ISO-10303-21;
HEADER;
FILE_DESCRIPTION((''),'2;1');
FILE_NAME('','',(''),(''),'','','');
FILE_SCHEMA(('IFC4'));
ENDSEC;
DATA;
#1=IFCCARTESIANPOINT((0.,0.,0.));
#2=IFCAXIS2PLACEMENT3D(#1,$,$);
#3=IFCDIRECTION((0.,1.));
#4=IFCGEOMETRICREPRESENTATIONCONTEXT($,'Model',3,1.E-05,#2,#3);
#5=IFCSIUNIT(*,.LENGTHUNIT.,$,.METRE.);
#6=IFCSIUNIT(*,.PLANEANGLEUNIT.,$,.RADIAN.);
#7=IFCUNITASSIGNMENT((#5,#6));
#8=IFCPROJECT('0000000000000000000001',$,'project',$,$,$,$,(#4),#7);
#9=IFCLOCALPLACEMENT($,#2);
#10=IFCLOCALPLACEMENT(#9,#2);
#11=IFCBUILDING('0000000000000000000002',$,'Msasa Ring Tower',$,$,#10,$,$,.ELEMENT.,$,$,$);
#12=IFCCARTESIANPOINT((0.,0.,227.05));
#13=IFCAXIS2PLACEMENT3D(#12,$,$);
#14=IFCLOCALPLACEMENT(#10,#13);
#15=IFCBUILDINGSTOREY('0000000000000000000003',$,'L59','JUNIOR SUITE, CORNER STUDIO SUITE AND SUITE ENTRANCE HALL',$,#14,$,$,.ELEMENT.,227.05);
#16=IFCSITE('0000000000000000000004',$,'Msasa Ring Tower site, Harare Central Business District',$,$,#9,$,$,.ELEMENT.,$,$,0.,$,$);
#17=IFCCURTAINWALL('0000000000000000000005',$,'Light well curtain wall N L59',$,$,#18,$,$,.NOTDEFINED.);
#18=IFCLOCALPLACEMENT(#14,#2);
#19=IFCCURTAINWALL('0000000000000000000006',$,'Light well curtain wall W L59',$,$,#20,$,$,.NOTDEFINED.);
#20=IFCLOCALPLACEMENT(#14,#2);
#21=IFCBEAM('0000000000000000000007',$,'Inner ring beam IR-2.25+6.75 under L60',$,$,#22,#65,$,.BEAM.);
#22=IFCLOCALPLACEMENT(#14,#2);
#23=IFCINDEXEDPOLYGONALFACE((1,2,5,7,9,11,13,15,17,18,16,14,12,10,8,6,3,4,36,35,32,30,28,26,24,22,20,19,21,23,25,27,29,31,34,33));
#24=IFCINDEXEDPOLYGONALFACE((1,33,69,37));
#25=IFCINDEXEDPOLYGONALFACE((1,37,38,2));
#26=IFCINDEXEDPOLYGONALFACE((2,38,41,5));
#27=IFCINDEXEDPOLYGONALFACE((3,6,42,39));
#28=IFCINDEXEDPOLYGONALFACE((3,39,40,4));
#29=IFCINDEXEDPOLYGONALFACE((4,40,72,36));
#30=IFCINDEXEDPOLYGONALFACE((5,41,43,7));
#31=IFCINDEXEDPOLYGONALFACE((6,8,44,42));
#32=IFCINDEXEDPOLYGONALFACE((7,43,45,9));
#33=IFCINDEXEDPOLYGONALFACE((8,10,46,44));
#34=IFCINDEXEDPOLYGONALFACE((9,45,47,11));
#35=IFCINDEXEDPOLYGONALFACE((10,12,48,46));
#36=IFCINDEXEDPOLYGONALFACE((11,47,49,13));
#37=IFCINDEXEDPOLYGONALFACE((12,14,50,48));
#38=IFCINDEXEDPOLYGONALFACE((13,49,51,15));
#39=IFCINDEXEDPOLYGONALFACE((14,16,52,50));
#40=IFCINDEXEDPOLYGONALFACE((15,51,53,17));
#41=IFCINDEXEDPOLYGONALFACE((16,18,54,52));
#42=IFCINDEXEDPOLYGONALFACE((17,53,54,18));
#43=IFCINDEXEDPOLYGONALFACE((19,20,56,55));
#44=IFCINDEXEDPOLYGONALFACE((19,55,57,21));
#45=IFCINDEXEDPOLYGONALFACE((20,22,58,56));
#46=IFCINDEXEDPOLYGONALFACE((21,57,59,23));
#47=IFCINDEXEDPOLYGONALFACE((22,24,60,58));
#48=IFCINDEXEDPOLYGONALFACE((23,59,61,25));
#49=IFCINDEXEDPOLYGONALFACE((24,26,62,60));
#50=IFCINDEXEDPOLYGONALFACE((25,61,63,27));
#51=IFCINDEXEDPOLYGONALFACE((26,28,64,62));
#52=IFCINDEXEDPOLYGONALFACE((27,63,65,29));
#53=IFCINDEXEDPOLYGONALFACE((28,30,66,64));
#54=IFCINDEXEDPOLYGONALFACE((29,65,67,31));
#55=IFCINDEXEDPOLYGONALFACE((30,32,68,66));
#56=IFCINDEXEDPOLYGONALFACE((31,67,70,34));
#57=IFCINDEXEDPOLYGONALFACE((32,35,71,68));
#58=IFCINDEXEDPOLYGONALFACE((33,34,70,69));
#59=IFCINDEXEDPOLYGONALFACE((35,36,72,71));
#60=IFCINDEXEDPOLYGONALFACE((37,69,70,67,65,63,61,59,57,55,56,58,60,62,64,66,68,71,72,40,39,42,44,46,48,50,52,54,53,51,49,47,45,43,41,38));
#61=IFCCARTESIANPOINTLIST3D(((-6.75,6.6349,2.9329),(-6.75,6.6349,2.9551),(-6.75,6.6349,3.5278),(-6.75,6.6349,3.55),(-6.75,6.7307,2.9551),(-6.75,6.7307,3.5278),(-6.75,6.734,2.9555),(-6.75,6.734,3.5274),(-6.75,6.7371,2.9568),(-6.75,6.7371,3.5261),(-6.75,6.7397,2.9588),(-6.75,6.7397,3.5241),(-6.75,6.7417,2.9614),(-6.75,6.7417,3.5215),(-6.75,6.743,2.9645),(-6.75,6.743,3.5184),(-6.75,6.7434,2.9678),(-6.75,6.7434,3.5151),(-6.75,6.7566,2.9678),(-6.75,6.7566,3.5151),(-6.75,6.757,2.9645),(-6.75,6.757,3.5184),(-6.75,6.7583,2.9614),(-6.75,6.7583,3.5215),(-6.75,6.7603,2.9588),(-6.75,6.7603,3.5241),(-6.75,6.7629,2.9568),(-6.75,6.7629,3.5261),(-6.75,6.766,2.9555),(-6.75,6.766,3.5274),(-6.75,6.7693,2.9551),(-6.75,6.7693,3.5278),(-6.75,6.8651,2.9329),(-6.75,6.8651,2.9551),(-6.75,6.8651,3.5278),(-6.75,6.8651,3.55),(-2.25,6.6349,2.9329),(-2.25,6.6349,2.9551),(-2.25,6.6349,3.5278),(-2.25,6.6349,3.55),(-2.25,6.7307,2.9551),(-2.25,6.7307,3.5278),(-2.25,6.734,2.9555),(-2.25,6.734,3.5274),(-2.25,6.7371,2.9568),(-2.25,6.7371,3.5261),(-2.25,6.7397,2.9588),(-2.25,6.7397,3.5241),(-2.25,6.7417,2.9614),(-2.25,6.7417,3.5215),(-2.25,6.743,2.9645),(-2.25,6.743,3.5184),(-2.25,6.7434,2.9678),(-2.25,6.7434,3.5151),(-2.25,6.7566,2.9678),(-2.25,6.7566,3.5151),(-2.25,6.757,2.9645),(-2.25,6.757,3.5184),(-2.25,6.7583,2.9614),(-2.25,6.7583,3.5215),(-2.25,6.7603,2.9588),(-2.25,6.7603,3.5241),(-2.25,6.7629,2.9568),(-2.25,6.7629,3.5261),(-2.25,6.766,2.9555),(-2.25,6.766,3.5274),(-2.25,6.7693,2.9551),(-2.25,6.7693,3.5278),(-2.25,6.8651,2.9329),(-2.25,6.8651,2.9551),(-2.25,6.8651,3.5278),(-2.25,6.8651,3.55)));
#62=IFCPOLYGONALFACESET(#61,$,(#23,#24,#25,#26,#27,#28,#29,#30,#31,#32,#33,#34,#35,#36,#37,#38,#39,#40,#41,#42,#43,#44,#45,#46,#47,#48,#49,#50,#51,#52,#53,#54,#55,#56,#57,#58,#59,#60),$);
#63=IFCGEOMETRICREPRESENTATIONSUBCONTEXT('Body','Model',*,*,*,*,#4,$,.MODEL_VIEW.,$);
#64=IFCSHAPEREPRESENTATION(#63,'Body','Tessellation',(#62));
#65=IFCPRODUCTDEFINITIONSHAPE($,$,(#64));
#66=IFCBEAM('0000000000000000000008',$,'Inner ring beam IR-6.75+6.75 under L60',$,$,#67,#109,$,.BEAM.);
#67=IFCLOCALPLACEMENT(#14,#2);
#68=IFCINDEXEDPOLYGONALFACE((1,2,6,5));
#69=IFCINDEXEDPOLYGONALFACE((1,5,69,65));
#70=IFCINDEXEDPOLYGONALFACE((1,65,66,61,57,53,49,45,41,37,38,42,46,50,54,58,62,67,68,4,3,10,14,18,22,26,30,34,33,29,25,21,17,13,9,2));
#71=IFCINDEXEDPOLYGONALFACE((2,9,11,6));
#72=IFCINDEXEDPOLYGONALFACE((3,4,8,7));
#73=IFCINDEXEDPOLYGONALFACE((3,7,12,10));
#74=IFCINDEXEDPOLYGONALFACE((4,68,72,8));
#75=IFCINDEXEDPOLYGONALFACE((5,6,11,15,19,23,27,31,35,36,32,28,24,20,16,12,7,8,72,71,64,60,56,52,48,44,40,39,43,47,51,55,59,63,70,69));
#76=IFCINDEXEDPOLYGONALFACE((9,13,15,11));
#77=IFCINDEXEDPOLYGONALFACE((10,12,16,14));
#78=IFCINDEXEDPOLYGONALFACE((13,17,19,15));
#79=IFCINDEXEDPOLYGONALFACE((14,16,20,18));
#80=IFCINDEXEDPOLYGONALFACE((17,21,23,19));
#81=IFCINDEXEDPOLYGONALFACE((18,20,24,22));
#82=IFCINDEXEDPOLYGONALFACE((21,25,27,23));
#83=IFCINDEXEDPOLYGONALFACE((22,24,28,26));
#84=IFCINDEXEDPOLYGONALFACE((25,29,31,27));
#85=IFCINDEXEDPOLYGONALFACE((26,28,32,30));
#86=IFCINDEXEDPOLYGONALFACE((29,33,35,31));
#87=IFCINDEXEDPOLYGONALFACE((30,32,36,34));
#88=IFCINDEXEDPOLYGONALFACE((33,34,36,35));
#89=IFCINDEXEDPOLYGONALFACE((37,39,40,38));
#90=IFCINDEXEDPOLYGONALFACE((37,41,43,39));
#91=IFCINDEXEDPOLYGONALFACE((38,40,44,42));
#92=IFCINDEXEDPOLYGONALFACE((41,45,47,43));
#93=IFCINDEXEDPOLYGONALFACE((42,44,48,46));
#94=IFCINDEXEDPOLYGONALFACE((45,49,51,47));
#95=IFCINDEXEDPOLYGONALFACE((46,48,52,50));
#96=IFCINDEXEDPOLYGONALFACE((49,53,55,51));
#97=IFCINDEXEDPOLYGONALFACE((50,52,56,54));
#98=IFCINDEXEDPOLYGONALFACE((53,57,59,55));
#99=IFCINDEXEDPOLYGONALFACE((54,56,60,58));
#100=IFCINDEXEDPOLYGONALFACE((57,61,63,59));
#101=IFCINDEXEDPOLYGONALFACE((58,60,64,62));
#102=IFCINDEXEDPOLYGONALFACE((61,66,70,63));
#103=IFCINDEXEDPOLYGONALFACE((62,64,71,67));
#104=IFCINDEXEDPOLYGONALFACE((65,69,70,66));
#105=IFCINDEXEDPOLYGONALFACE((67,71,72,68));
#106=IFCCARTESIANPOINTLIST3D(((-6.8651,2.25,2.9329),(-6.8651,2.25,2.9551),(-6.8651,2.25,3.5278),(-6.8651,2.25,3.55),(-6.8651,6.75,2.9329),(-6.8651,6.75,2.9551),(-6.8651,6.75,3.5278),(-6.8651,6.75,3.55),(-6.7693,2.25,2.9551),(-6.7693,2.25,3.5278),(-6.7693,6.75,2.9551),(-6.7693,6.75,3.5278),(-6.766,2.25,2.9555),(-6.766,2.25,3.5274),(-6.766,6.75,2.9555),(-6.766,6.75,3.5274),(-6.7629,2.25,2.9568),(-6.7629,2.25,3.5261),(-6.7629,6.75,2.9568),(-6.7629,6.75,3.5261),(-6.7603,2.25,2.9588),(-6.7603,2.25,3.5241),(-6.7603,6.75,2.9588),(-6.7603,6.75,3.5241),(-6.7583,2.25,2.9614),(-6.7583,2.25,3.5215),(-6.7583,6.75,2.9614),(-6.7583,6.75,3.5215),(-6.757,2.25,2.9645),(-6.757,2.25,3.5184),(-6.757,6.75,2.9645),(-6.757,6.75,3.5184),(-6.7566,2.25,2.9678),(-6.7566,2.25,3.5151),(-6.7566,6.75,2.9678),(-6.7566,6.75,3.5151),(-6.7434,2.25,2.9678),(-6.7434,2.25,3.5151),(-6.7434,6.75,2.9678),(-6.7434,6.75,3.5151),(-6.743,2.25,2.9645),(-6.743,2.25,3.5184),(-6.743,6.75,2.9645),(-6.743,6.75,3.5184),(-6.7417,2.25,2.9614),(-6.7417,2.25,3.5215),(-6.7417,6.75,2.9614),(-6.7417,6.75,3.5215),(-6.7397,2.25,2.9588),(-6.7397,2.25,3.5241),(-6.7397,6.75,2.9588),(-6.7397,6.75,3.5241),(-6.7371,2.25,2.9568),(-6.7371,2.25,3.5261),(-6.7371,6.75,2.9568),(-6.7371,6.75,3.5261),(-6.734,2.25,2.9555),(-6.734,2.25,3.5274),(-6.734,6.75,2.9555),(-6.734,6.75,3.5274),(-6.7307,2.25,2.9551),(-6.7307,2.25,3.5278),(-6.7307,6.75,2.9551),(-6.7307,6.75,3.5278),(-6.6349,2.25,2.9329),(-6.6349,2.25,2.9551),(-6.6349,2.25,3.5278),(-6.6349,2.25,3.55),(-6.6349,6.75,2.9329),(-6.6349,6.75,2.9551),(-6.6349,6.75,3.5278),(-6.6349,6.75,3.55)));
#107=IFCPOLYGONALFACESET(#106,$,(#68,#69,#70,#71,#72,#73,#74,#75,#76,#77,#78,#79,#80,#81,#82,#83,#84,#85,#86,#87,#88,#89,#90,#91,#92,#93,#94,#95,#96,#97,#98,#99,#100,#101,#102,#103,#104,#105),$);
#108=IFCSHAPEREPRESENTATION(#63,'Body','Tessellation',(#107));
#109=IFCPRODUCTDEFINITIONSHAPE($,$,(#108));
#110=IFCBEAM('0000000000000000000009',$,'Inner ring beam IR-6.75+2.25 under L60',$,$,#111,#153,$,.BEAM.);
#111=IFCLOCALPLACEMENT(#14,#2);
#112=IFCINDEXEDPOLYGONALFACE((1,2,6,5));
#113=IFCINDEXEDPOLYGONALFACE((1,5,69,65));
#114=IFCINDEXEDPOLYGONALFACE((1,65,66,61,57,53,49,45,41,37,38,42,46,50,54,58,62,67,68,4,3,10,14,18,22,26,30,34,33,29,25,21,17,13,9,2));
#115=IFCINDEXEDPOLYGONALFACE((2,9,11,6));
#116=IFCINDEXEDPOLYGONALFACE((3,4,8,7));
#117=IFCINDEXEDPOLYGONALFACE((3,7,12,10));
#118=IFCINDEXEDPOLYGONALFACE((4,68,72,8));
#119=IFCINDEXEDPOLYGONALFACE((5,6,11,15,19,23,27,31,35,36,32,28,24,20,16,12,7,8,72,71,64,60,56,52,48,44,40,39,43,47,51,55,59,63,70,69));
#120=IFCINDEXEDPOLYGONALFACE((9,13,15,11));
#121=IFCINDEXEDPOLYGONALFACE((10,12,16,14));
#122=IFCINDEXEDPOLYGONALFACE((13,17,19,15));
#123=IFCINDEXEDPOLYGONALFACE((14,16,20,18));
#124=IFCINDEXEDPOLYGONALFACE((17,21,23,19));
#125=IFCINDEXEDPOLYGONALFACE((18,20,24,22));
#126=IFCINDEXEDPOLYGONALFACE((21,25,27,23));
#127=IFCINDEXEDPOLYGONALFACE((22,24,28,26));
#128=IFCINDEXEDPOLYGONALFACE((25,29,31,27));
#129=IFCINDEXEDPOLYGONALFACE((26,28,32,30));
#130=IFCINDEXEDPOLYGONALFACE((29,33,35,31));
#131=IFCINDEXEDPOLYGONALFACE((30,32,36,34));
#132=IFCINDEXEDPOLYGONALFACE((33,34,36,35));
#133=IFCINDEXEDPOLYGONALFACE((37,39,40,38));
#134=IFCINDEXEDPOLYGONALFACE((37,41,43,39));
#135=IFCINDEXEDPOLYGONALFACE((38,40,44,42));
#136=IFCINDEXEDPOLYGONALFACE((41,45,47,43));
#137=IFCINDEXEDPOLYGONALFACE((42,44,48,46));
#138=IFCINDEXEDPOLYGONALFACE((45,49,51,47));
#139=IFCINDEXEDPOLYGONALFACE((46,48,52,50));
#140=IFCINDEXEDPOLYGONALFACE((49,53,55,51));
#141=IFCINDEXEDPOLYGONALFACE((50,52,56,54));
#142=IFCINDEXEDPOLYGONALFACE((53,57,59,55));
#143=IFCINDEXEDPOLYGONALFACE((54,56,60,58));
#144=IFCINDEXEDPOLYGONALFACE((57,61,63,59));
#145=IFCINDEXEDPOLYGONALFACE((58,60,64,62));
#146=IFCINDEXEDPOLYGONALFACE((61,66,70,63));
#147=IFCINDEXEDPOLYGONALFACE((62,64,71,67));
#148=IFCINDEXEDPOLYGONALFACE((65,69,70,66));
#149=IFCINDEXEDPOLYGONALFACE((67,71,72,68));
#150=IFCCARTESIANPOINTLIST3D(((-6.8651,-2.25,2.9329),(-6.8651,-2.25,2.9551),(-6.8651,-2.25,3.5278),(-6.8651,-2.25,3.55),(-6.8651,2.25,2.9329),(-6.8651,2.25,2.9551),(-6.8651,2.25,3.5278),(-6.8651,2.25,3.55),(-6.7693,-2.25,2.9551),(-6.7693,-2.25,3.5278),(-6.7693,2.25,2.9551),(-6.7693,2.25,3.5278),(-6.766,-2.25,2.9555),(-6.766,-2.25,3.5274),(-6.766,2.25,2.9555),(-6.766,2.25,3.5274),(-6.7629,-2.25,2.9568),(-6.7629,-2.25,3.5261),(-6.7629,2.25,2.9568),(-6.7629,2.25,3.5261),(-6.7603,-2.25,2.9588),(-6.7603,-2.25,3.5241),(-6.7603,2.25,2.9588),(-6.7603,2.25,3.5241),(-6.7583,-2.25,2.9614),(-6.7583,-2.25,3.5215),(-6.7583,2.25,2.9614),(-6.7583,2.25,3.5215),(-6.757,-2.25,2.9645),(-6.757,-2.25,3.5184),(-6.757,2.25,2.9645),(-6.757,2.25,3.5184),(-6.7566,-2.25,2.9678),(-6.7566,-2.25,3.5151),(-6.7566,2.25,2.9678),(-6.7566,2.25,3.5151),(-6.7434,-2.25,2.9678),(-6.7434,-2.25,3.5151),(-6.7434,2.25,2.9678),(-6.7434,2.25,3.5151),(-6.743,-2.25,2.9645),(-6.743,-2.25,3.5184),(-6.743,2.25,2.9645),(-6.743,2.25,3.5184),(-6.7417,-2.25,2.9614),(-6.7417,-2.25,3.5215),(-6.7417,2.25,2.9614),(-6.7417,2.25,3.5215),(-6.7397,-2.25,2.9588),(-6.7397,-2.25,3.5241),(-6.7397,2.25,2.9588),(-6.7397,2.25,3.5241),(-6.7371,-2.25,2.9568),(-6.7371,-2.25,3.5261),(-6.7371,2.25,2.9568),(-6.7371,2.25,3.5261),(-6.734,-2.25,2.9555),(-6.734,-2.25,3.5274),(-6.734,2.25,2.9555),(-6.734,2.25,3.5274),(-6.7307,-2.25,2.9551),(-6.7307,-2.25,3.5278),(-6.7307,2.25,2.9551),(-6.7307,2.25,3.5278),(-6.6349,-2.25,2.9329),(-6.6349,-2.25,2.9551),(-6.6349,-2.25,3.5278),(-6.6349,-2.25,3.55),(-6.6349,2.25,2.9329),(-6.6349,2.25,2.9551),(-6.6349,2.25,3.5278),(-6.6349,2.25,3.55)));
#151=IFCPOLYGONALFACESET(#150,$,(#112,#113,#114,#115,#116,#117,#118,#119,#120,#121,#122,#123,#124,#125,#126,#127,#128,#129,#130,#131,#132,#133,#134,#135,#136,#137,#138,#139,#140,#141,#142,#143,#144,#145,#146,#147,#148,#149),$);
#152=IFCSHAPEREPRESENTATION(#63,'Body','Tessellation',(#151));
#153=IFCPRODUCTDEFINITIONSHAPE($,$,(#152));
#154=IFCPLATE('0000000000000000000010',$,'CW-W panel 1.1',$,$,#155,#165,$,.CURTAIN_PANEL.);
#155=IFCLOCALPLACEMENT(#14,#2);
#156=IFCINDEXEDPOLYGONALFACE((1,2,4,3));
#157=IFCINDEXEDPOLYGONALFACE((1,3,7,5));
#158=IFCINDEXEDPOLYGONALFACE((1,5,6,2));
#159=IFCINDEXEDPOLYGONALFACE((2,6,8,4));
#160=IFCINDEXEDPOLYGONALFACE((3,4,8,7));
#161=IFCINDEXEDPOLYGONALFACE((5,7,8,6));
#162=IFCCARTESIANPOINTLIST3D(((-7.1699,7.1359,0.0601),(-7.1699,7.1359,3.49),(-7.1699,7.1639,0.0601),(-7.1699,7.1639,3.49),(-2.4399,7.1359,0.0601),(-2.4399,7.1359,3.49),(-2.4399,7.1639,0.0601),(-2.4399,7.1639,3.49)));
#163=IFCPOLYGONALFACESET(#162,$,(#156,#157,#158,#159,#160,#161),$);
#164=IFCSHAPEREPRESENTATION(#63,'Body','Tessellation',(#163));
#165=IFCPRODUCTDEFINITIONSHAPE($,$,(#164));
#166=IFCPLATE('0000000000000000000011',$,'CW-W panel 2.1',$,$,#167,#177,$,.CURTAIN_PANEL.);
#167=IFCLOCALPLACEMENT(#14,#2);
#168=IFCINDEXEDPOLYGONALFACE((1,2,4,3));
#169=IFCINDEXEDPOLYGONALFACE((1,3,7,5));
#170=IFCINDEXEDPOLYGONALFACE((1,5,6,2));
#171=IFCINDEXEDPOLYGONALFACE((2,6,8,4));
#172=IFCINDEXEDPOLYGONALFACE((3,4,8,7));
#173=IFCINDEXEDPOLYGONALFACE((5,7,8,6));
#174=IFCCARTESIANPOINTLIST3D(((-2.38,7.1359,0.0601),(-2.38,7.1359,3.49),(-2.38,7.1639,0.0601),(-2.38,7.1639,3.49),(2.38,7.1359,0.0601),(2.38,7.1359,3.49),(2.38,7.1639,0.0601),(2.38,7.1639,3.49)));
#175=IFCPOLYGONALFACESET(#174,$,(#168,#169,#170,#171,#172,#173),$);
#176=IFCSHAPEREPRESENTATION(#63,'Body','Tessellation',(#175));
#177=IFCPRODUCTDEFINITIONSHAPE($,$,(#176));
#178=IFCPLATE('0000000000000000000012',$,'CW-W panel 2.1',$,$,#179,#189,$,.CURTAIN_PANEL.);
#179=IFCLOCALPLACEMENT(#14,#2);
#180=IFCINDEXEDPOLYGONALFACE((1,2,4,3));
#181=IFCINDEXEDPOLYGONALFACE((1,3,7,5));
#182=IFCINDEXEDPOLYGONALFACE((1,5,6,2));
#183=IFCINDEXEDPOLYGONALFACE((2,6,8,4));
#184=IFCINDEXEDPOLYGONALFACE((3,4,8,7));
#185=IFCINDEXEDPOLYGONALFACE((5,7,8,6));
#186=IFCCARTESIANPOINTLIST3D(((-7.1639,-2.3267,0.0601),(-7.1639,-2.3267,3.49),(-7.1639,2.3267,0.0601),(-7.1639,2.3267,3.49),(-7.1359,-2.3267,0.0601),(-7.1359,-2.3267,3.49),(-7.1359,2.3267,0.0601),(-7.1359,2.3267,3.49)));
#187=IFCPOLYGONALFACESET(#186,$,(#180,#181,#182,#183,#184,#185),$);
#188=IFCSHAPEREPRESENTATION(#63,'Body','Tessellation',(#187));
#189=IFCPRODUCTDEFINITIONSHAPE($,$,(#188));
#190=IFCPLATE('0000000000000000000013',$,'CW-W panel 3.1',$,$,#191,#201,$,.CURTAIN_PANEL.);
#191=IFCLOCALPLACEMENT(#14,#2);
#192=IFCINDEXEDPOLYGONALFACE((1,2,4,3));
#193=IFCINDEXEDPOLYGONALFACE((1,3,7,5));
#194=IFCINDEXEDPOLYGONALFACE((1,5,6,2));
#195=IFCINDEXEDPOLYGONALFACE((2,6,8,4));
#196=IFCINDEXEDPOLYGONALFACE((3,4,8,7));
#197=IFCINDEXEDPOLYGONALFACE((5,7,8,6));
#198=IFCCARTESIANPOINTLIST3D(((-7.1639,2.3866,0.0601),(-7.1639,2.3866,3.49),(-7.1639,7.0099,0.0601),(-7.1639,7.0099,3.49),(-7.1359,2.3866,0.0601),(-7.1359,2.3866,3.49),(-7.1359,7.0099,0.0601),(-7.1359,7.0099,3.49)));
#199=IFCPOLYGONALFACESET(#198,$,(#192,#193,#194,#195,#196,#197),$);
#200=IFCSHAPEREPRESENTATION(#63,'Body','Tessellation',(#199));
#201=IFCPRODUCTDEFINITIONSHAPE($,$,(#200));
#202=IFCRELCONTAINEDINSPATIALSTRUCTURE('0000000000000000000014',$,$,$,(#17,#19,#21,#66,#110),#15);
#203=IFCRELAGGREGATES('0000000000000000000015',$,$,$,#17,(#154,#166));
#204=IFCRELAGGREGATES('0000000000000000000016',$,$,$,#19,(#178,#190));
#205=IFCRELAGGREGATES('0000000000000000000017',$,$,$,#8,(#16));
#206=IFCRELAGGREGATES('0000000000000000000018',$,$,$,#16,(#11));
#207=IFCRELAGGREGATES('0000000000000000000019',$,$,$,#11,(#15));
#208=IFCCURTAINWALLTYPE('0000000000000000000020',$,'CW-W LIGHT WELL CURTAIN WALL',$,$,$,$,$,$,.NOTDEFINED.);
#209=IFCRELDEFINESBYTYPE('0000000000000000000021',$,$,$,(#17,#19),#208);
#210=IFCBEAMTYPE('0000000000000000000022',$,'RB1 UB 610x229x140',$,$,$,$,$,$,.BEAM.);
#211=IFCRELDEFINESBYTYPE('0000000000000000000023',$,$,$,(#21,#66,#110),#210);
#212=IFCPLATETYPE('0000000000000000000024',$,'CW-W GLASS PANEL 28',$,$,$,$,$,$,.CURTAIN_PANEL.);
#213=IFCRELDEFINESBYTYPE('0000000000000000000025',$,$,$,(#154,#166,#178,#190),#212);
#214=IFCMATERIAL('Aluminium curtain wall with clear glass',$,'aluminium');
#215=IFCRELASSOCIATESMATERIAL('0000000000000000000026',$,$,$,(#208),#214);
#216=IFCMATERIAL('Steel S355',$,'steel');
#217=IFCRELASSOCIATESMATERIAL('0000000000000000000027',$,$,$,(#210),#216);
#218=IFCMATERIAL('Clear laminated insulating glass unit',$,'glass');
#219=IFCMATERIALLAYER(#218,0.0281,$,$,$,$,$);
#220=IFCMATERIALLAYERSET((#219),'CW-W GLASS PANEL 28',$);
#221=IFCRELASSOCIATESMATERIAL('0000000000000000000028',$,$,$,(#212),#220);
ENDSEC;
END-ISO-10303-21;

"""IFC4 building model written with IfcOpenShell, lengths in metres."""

from ifc_helpers import new_model, si_unit, direction, frame, origin, origin_2d, place, context, subcontext, project, spatial, rectangle, i_section, extrude, material, layer, layer_set, material_profile, profile_set, type_object, element, aggregate, save


model = new_model("IFC4")

# Units and contexts
model_context = context("Model", 3, precision=1e-05, world=origin(), true_north=direction((0.0, 1.0)))
body_context = subcontext(model_context, "Body", "Model", "MODEL_VIEW")
ifc_project = project(units=[si_unit("LENGTHUNIT", "METRE"), si_unit("PLANEANGLEUNIT", "RADIAN")], contexts=[model_context])

# Site, building, storey
site_placement = place(None, origin())
site = spatial("IfcSite", under=ifc_project, at=site_placement, Name="Msasa Ring Tower site, Harare Central Business District", CompositionType="ELEMENT", RefElevation=0.0)
building_placement = place(site_placement, origin())
building = spatial("IfcBuilding", under=site, at=building_placement, Name="Msasa Ring Tower", CompositionType="ELEMENT")
storey_placement = place(building_placement, frame((0.0, 0.0, 227.05)))
storey = spatial("IfcBuildingStorey", under=building, at=storey_placement, Name="L59", Description="JUNIOR SUITE, CORNER STUDIO SUITE AND SUITE ENTRANCE HALL", CompositionType="ELEMENT", Elevation=227.05)

# Curtain wall
ifc_material_1 = material(Name="Aluminium curtain wall with clear glass", Category="aluminium")
curtain_wall_type = type_object("IfcCurtainWallType", Name="CW-W LIGHT WELL CURTAIN WALL", PredefinedType="NOTDEFINED", material=ifc_material_1)
curtain_wall_1_placement = place(storey_placement, origin())
curtain_wall_1 = element("IfcCurtainWall", 1, at=curtain_wall_1_placement, inside=storey, type_object=curtain_wall_type, Name="Light well curtain wall N L59", PredefinedType="NOTDEFINED")

# Curtain wall
curtain_wall_2_placement = place(storey_placement, origin())
curtain_wall_2 = element("IfcCurtainWall", 2, at=curtain_wall_2_placement, inside=storey, type_object=curtain_wall_type, Name="Light well curtain wall W L59", PredefinedType="NOTDEFINED")

# Beams
ifc_material_2 = material(Name="Steel S355", Category="steel")
ifc_material_profile_1 = material_profile(ifc_material_2, i_section(OverallWidth=0.2302, OverallDepth=0.6172, WebThickness=0.0132, FlangeThickness=0.0222, FilletRadius=0.0127, at=origin_2d()), Name="UB 610x229x140")
ifc_profile_set_1 = profile_set([ifc_material_profile_1], Name="Steel S355")
beam_type = type_object("IfcBeamType", Name="RB1 UB 610x229x140", PredefinedType="BEAM", material=ifc_profile_set_1)
for number, where, z_axis, x_axis, name in (
    (3, (-2.25, 6.75, 3.2415), (-1.0, 0.0, 0.0), (0.0, -1.0, 0.0), "Inner ring beam IR-2.25+6.75 under L60"),
    (4, (-6.75, 6.75, 3.2415), (0.0, -1.0, 0.0), (1.0, 0.0, 0.0), "Inner ring beam IR-6.75+6.75 under L60"),
    (5, (-6.75, 2.25, 3.2415), (0.0, -1.0, 0.0), (1.0, 0.0, 0.0), "Inner ring beam IR-6.75+2.25 under L60"),
):
    element("IfcBeam", number, at=place(storey_placement, frame(where, z_axis=z_axis, x_axis=x_axis)), inside=storey, type_object=beam_type, Name=name, PredefinedType="BEAM", context=body_context, shape_type="SweptSolid", body=[
        extrude(i_section(OverallWidth=0.2302, OverallDepth=0.6172, WebThickness=0.0132, FlangeThickness=0.0222, FilletRadius=0.0127, at=origin_2d()), origin(), (0.0, 0.0, 1.0), 4.5),
    ])

# Plates
ifc_material_3 = material(Name="Clear laminated insulating glass unit", Category="glass")
ifc_layer_1 = layer(ifc_material_3, 0.0281)
ifc_layer_set_1 = layer_set([ifc_layer_1], Name="CW-W GLASS PANEL 28")
plate_type = type_object("IfcPlateType", Name="CW-W GLASS PANEL 28", PredefinedType="CURTAIN_PANEL", material=ifc_layer_set_1)
plate_1_placement = place(storey_placement, frame((-4.8049, 7.1499, 0.0601), z_axis=(0.0, 0.0, 1.0), x_axis=(1.0, 0.0, 0.0)))
plate_1 = element("IfcPlate", 6, at=plate_1_placement, type_object=plate_type, Name="CW-W panel 1.1", PredefinedType="CURTAIN_PANEL", context=body_context, shape_type="SweptSolid", body=[
    extrude(rectangle(XDim=4.73, YDim=0.0281, at=origin_2d()), origin(), (0.0, 0.0, 1.0), 3.4299),
])
plate_2_placement = place(storey_placement, frame((0.0, 7.1499, 0.0601), z_axis=(0.0, 0.0, 1.0), x_axis=(1.0, 0.0, 0.0)))
plate_2 = element("IfcPlate", 7, at=plate_2_placement, type_object=plate_type, Name="CW-W panel 2.1", PredefinedType="CURTAIN_PANEL", context=body_context, shape_type="SweptSolid", body=[
    extrude(rectangle(XDim=4.76, YDim=0.0281, at=origin_2d()), origin(), (0.0, 0.0, 1.0), 3.4299),
])
aggregate(curtain_wall_1, [plate_1, plate_2])
plate_3_placement = place(storey_placement, frame((-7.1499, 0.0, 0.0601), z_axis=(0.0, 0.0, 1.0), x_axis=(0.0, 1.0, 0.0)))
plate_3 = element("IfcPlate", 8, at=plate_3_placement, type_object=plate_type, Name="CW-W panel 2.1", PredefinedType="CURTAIN_PANEL", context=body_context, shape_type="SweptSolid", body=[
    extrude(rectangle(XDim=4.6533, YDim=0.0281, at=origin_2d()), origin(), (0.0, 0.0, 1.0), 3.4299),
])
plate_4_placement = place(storey_placement, frame((-7.1499, 4.6982, 0.0601), z_axis=(0.0, 0.0, 1.0), x_axis=(0.0, 1.0, 0.0)))
plate_4 = element("IfcPlate", 9, at=plate_4_placement, type_object=plate_type, Name="CW-W panel 3.1", PredefinedType="CURTAIN_PANEL", context=body_context, shape_type="SweptSolid", body=[
    extrude(rectangle(XDim=4.6233, YDim=0.0281, at=origin_2d()), origin(), (0.0, 0.0, 1.0), 3.4299),
])
aggregate(curtain_wall_2, [plate_3, plate_4])

save(model, "model.ifc")
